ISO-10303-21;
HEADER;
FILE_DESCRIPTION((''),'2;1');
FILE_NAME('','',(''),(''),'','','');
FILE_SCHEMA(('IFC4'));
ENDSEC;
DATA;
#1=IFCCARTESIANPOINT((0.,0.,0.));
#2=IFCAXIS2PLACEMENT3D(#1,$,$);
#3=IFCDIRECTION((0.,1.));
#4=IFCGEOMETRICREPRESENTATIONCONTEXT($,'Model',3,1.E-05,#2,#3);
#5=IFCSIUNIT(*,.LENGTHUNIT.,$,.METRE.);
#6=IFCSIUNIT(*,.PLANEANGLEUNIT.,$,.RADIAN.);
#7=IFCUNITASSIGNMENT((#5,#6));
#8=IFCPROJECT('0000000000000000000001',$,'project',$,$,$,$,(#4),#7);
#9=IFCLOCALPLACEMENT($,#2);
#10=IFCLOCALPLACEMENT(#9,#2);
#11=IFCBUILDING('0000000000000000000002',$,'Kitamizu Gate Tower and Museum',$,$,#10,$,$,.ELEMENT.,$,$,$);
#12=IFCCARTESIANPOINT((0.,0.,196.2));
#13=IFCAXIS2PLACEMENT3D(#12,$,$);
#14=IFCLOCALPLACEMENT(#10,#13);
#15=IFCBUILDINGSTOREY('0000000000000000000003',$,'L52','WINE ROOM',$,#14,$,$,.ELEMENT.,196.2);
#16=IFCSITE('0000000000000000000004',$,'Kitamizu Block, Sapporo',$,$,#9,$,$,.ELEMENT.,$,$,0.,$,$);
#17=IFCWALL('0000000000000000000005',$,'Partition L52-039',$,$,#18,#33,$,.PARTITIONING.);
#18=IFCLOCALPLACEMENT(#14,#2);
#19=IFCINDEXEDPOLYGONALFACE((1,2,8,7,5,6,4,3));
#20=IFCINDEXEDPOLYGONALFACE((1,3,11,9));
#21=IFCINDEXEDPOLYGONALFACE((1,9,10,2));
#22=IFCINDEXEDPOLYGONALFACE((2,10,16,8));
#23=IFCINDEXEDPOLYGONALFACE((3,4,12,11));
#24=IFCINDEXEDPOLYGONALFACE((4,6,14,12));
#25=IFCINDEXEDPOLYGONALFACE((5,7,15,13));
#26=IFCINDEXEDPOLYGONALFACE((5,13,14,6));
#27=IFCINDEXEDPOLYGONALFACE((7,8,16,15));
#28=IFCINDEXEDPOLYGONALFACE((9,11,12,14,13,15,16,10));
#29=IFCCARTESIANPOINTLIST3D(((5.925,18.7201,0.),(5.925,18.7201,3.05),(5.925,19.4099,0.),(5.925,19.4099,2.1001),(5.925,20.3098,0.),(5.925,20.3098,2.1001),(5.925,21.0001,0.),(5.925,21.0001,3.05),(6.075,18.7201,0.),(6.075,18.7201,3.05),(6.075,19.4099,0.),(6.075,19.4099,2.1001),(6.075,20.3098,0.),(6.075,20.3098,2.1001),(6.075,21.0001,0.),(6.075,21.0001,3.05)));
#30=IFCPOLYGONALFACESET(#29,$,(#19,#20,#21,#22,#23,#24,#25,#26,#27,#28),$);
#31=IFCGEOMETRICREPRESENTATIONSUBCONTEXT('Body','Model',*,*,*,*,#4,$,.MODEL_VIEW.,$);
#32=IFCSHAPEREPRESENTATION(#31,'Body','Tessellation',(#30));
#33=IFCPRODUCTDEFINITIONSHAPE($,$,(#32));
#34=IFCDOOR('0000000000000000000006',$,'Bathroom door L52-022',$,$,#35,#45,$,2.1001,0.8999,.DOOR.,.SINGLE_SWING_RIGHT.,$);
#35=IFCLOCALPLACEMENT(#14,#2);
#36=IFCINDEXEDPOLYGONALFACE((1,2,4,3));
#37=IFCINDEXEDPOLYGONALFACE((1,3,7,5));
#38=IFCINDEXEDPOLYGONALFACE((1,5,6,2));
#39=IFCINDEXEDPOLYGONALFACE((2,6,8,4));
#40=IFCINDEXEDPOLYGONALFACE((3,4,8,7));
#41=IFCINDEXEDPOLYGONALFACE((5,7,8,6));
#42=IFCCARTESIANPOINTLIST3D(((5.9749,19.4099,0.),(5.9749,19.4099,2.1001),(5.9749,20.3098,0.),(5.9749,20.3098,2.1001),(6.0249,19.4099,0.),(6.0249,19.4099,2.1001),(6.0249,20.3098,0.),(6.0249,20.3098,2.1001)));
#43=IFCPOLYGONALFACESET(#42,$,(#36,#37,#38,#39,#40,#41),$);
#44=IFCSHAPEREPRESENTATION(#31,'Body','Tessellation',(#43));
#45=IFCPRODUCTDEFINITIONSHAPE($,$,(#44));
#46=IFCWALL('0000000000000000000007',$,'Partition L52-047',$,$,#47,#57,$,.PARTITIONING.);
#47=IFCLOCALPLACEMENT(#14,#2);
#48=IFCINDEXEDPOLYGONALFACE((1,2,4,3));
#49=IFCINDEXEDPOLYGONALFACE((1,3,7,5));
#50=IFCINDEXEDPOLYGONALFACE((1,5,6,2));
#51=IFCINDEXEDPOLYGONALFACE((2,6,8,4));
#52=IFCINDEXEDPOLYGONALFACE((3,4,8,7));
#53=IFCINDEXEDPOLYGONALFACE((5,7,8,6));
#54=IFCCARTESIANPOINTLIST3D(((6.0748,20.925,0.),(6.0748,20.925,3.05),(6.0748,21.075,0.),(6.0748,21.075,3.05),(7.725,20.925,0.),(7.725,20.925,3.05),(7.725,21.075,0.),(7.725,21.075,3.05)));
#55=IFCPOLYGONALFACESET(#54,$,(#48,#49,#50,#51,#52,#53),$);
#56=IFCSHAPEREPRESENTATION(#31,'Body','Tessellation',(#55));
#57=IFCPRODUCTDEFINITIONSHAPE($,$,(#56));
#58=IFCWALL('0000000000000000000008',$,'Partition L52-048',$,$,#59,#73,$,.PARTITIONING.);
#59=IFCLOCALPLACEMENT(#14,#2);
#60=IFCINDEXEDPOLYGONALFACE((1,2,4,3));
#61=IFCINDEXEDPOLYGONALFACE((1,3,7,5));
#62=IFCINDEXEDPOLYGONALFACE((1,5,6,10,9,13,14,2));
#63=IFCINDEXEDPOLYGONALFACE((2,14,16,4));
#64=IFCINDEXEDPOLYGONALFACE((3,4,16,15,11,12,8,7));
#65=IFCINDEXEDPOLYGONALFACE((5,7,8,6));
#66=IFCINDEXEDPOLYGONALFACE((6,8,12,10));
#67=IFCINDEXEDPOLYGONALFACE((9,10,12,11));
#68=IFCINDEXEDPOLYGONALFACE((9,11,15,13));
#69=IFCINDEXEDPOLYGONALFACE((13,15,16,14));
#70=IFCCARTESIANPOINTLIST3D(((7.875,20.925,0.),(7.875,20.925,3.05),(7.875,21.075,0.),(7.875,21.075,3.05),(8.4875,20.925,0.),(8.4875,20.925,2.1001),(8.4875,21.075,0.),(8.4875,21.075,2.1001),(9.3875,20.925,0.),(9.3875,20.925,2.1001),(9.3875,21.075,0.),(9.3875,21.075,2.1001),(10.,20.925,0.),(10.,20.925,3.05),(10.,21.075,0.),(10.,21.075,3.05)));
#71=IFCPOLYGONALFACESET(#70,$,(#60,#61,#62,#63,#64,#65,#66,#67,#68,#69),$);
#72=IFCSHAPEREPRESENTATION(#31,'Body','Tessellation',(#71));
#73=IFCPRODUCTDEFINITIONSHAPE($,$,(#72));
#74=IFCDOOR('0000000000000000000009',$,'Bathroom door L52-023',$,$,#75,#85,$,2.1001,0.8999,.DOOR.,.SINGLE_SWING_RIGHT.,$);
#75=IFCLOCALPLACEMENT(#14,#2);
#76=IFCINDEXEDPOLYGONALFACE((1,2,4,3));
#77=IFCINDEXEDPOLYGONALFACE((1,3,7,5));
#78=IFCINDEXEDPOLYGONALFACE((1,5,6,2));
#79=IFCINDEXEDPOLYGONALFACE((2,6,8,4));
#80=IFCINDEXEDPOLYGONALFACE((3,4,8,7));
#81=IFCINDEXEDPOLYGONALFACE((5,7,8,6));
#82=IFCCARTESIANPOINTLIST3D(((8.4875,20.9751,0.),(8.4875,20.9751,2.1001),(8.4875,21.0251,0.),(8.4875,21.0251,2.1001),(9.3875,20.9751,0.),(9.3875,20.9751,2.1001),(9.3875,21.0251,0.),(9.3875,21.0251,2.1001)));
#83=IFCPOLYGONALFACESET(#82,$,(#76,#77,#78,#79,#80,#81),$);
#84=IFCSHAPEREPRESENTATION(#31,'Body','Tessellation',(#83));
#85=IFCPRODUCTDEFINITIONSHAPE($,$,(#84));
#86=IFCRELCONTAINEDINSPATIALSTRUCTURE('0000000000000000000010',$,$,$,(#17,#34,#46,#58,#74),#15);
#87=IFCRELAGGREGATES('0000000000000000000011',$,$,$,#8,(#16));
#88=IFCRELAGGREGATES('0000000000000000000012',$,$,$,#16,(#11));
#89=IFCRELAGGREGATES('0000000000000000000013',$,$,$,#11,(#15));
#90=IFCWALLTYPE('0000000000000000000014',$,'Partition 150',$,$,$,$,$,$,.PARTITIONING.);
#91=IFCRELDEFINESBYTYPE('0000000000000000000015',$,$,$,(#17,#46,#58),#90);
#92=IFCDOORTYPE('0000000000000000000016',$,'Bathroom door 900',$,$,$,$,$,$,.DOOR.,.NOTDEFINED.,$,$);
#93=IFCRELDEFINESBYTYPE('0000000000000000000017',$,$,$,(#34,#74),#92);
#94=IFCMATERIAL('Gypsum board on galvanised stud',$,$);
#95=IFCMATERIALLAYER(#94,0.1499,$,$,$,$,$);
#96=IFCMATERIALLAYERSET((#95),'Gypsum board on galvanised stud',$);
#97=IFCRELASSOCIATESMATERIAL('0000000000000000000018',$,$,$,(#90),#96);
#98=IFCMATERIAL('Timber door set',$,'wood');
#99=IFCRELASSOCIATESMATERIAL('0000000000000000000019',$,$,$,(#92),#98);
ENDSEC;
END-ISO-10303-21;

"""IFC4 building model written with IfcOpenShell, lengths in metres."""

from ifc_helpers import new_model, si_unit, direction, frame, frame_2d, origin, place, context, subcontext, project, spatial, rectangle, extrude, material, layer, layer_set, type_object, element, fill, save


model = new_model("IFC4")

# Units and contexts
model_context = context("Model", 3, precision=1e-05, world=origin(), true_north=direction((0.0, 1.0)))
body_context = subcontext(model_context, "Body", "Model", "MODEL_VIEW")
ifc_project = project(units=[si_unit("LENGTHUNIT", "METRE"), si_unit("PLANEANGLEUNIT", "RADIAN")], contexts=[model_context])

# Site, building, storey
site_placement = place(None, origin())
site = spatial("IfcSite", under=ifc_project, at=site_placement, Name="Kitamizu Block, Sapporo", CompositionType="ELEMENT", RefElevation=0.0)
building_placement = place(site_placement, origin())
building = spatial("IfcBuilding", under=site, at=building_placement, Name="Kitamizu Gate Tower and Museum", CompositionType="ELEMENT")
storey_placement = place(building_placement, frame((0.0, 0.0, 196.2)))
storey = spatial("IfcBuildingStorey", under=building, at=storey_placement, Name="L52", Description="WINE ROOM", CompositionType="ELEMENT", Elevation=196.2)

# Wall, opening, door
ifc_material_1 = material(Name="Gypsum board on galvanised stud")
ifc_layer_1 = layer(ifc_material_1, 0.1499)
ifc_layer_set_1 = layer_set([ifc_layer_1], Name="Gypsum board on galvanised stud")
wall_type_1 = type_object("IfcWallType", Name="Partition 150", PredefinedType="PARTITIONING", material=ifc_layer_set_1)
wall_1_placement = place(storey_placement, frame((6.0, 18.72, 0.0), z_axis=(0.0, 0.0, 1.0), x_axis=(0.0, 1.0, 0.0)))
wall_1 = element("IfcWall", 1, at=wall_1_placement, inside=storey, type_object=wall_type_1, Name="Partition L52-039", PredefinedType="PARTITIONING", context=body_context, shape_type="SweptSolid", body=[
    extrude(rectangle(XDim=2.28, YDim=0.1499, at=frame_2d((1.1401, 0.0))), origin(), (0.0, 0.0, 1.0), 3.05),
])
opening_1_placement = place(wall_1_placement, frame((0.6899, 0.0, 0.0)))
opening_1 = element("IfcOpeningElement", 2, at=opening_1_placement, cuts=wall_1, PredefinedType="OPENING", context=body_context, shape_type="SweptSolid", body=[
    extrude(rectangle(XDim=0.8999, YDim=2.1001, at=frame_2d((0.45, 1.05))), frame((0.0, 0.085, 0.0), z_axis=(0.0, -1.0, 0.0), x_axis=(1.0, 0.0, 0.0)), (0.0, 0.0, 1.0), 0.1699),
])
ifc_material_2 = material(Name="Timber door set", Category="wood")
door_type_1 = type_object("IfcDoorType", Name="Bathroom door 900", OperationType="NOTDEFINED", PredefinedType="DOOR", material=ifc_material_2)
door_1_placement = place(opening_1_placement, frame((0.8999, 0.0, 0.0), x_axis=(-1.0, 0.0, 0.0)))
door_1 = element("IfcDoor", 3, at=door_1_placement, inside=storey, type_object=door_type_1, Name="Bathroom door L52-022", OperationType="SINGLE_SWING_RIGHT", OverallHeight=2.1001, OverallWidth=0.8999, PredefinedType="DOOR", context=body_context, shape_type="SweptSolid", body=[
    extrude(rectangle(XDim=0.8999, YDim=2.1001, at=frame_2d((0.45, 1.05))), frame((0.0, 0.0249, 0.0), z_axis=(0.0, -1.0, 0.0), x_axis=(1.0, 0.0, 0.0)), (0.0, 0.0, 1.0), 0.05),
])
fill(opening_1, door_1)

# Wall
wall_2_placement = place(storey_placement, frame((7.7251, 21.0, 0.0), z_axis=(0.0, 0.0, 1.0), x_axis=(-1.0, 0.0, 0.0)))
element("IfcWall", 4, at=wall_2_placement, inside=storey, type_object=wall_type_1, Name="Partition L52-047", PredefinedType="PARTITIONING", context=body_context, shape_type="SweptSolid", body=[
    extrude(rectangle(XDim=1.6501, YDim=0.1499, at=frame_2d((0.8252, 0.0))), origin(), (0.0, 0.0, 1.0), 3.05),
])

# Wall, opening, door
wall_3_placement = place(storey_placement, frame((10.0, 21.0, 0.0), z_axis=(0.0, 0.0, 1.0), x_axis=(-1.0, 0.0, 0.0)))
wall_3 = element("IfcWall", 5, at=wall_3_placement, inside=storey, type_object=wall_type_1, Name="Partition L52-048", PredefinedType="PARTITIONING", context=body_context, shape_type="SweptSolid", body=[
    extrude(rectangle(XDim=2.125, YDim=0.1499, at=frame_2d((1.0625, 0.0))), origin(), (0.0, 0.0, 1.0), 3.05),
])
opening_2_placement = place(wall_3_placement, frame((0.6125, 0.0, 0.0)))
opening_2 = element("IfcOpeningElement", 6, at=opening_2_placement, cuts=wall_3, PredefinedType="OPENING", context=body_context, shape_type="SweptSolid", body=[
    extrude(rectangle(XDim=0.8999, YDim=2.1001, at=frame_2d((0.45, 1.05))), frame((0.0, 0.085, 0.0), z_axis=(0.0, -1.0, 0.0), x_axis=(1.0, 0.0, 0.0)), (0.0, 0.0, 1.0), 0.1699),
])
door_2_placement = place(opening_2_placement, origin())
door_2 = element("IfcDoor", 7, at=door_2_placement, inside=storey, type_object=door_type_1, Name="Bathroom door L52-023", OperationType="SINGLE_SWING_RIGHT", OverallHeight=2.1001, OverallWidth=0.8999, PredefinedType="DOOR", context=body_context, shape_type="SweptSolid", body=[
    extrude(rectangle(XDim=0.8999, YDim=2.1001, at=frame_2d((0.45, 1.05))), frame((0.0, 0.0249, 0.0), z_axis=(0.0, -1.0, 0.0), x_axis=(1.0, 0.0, 0.0)), (0.0, 0.0, 1.0), 0.05),
])
fill(opening_2, door_2)

save(model, "model.ifc")
